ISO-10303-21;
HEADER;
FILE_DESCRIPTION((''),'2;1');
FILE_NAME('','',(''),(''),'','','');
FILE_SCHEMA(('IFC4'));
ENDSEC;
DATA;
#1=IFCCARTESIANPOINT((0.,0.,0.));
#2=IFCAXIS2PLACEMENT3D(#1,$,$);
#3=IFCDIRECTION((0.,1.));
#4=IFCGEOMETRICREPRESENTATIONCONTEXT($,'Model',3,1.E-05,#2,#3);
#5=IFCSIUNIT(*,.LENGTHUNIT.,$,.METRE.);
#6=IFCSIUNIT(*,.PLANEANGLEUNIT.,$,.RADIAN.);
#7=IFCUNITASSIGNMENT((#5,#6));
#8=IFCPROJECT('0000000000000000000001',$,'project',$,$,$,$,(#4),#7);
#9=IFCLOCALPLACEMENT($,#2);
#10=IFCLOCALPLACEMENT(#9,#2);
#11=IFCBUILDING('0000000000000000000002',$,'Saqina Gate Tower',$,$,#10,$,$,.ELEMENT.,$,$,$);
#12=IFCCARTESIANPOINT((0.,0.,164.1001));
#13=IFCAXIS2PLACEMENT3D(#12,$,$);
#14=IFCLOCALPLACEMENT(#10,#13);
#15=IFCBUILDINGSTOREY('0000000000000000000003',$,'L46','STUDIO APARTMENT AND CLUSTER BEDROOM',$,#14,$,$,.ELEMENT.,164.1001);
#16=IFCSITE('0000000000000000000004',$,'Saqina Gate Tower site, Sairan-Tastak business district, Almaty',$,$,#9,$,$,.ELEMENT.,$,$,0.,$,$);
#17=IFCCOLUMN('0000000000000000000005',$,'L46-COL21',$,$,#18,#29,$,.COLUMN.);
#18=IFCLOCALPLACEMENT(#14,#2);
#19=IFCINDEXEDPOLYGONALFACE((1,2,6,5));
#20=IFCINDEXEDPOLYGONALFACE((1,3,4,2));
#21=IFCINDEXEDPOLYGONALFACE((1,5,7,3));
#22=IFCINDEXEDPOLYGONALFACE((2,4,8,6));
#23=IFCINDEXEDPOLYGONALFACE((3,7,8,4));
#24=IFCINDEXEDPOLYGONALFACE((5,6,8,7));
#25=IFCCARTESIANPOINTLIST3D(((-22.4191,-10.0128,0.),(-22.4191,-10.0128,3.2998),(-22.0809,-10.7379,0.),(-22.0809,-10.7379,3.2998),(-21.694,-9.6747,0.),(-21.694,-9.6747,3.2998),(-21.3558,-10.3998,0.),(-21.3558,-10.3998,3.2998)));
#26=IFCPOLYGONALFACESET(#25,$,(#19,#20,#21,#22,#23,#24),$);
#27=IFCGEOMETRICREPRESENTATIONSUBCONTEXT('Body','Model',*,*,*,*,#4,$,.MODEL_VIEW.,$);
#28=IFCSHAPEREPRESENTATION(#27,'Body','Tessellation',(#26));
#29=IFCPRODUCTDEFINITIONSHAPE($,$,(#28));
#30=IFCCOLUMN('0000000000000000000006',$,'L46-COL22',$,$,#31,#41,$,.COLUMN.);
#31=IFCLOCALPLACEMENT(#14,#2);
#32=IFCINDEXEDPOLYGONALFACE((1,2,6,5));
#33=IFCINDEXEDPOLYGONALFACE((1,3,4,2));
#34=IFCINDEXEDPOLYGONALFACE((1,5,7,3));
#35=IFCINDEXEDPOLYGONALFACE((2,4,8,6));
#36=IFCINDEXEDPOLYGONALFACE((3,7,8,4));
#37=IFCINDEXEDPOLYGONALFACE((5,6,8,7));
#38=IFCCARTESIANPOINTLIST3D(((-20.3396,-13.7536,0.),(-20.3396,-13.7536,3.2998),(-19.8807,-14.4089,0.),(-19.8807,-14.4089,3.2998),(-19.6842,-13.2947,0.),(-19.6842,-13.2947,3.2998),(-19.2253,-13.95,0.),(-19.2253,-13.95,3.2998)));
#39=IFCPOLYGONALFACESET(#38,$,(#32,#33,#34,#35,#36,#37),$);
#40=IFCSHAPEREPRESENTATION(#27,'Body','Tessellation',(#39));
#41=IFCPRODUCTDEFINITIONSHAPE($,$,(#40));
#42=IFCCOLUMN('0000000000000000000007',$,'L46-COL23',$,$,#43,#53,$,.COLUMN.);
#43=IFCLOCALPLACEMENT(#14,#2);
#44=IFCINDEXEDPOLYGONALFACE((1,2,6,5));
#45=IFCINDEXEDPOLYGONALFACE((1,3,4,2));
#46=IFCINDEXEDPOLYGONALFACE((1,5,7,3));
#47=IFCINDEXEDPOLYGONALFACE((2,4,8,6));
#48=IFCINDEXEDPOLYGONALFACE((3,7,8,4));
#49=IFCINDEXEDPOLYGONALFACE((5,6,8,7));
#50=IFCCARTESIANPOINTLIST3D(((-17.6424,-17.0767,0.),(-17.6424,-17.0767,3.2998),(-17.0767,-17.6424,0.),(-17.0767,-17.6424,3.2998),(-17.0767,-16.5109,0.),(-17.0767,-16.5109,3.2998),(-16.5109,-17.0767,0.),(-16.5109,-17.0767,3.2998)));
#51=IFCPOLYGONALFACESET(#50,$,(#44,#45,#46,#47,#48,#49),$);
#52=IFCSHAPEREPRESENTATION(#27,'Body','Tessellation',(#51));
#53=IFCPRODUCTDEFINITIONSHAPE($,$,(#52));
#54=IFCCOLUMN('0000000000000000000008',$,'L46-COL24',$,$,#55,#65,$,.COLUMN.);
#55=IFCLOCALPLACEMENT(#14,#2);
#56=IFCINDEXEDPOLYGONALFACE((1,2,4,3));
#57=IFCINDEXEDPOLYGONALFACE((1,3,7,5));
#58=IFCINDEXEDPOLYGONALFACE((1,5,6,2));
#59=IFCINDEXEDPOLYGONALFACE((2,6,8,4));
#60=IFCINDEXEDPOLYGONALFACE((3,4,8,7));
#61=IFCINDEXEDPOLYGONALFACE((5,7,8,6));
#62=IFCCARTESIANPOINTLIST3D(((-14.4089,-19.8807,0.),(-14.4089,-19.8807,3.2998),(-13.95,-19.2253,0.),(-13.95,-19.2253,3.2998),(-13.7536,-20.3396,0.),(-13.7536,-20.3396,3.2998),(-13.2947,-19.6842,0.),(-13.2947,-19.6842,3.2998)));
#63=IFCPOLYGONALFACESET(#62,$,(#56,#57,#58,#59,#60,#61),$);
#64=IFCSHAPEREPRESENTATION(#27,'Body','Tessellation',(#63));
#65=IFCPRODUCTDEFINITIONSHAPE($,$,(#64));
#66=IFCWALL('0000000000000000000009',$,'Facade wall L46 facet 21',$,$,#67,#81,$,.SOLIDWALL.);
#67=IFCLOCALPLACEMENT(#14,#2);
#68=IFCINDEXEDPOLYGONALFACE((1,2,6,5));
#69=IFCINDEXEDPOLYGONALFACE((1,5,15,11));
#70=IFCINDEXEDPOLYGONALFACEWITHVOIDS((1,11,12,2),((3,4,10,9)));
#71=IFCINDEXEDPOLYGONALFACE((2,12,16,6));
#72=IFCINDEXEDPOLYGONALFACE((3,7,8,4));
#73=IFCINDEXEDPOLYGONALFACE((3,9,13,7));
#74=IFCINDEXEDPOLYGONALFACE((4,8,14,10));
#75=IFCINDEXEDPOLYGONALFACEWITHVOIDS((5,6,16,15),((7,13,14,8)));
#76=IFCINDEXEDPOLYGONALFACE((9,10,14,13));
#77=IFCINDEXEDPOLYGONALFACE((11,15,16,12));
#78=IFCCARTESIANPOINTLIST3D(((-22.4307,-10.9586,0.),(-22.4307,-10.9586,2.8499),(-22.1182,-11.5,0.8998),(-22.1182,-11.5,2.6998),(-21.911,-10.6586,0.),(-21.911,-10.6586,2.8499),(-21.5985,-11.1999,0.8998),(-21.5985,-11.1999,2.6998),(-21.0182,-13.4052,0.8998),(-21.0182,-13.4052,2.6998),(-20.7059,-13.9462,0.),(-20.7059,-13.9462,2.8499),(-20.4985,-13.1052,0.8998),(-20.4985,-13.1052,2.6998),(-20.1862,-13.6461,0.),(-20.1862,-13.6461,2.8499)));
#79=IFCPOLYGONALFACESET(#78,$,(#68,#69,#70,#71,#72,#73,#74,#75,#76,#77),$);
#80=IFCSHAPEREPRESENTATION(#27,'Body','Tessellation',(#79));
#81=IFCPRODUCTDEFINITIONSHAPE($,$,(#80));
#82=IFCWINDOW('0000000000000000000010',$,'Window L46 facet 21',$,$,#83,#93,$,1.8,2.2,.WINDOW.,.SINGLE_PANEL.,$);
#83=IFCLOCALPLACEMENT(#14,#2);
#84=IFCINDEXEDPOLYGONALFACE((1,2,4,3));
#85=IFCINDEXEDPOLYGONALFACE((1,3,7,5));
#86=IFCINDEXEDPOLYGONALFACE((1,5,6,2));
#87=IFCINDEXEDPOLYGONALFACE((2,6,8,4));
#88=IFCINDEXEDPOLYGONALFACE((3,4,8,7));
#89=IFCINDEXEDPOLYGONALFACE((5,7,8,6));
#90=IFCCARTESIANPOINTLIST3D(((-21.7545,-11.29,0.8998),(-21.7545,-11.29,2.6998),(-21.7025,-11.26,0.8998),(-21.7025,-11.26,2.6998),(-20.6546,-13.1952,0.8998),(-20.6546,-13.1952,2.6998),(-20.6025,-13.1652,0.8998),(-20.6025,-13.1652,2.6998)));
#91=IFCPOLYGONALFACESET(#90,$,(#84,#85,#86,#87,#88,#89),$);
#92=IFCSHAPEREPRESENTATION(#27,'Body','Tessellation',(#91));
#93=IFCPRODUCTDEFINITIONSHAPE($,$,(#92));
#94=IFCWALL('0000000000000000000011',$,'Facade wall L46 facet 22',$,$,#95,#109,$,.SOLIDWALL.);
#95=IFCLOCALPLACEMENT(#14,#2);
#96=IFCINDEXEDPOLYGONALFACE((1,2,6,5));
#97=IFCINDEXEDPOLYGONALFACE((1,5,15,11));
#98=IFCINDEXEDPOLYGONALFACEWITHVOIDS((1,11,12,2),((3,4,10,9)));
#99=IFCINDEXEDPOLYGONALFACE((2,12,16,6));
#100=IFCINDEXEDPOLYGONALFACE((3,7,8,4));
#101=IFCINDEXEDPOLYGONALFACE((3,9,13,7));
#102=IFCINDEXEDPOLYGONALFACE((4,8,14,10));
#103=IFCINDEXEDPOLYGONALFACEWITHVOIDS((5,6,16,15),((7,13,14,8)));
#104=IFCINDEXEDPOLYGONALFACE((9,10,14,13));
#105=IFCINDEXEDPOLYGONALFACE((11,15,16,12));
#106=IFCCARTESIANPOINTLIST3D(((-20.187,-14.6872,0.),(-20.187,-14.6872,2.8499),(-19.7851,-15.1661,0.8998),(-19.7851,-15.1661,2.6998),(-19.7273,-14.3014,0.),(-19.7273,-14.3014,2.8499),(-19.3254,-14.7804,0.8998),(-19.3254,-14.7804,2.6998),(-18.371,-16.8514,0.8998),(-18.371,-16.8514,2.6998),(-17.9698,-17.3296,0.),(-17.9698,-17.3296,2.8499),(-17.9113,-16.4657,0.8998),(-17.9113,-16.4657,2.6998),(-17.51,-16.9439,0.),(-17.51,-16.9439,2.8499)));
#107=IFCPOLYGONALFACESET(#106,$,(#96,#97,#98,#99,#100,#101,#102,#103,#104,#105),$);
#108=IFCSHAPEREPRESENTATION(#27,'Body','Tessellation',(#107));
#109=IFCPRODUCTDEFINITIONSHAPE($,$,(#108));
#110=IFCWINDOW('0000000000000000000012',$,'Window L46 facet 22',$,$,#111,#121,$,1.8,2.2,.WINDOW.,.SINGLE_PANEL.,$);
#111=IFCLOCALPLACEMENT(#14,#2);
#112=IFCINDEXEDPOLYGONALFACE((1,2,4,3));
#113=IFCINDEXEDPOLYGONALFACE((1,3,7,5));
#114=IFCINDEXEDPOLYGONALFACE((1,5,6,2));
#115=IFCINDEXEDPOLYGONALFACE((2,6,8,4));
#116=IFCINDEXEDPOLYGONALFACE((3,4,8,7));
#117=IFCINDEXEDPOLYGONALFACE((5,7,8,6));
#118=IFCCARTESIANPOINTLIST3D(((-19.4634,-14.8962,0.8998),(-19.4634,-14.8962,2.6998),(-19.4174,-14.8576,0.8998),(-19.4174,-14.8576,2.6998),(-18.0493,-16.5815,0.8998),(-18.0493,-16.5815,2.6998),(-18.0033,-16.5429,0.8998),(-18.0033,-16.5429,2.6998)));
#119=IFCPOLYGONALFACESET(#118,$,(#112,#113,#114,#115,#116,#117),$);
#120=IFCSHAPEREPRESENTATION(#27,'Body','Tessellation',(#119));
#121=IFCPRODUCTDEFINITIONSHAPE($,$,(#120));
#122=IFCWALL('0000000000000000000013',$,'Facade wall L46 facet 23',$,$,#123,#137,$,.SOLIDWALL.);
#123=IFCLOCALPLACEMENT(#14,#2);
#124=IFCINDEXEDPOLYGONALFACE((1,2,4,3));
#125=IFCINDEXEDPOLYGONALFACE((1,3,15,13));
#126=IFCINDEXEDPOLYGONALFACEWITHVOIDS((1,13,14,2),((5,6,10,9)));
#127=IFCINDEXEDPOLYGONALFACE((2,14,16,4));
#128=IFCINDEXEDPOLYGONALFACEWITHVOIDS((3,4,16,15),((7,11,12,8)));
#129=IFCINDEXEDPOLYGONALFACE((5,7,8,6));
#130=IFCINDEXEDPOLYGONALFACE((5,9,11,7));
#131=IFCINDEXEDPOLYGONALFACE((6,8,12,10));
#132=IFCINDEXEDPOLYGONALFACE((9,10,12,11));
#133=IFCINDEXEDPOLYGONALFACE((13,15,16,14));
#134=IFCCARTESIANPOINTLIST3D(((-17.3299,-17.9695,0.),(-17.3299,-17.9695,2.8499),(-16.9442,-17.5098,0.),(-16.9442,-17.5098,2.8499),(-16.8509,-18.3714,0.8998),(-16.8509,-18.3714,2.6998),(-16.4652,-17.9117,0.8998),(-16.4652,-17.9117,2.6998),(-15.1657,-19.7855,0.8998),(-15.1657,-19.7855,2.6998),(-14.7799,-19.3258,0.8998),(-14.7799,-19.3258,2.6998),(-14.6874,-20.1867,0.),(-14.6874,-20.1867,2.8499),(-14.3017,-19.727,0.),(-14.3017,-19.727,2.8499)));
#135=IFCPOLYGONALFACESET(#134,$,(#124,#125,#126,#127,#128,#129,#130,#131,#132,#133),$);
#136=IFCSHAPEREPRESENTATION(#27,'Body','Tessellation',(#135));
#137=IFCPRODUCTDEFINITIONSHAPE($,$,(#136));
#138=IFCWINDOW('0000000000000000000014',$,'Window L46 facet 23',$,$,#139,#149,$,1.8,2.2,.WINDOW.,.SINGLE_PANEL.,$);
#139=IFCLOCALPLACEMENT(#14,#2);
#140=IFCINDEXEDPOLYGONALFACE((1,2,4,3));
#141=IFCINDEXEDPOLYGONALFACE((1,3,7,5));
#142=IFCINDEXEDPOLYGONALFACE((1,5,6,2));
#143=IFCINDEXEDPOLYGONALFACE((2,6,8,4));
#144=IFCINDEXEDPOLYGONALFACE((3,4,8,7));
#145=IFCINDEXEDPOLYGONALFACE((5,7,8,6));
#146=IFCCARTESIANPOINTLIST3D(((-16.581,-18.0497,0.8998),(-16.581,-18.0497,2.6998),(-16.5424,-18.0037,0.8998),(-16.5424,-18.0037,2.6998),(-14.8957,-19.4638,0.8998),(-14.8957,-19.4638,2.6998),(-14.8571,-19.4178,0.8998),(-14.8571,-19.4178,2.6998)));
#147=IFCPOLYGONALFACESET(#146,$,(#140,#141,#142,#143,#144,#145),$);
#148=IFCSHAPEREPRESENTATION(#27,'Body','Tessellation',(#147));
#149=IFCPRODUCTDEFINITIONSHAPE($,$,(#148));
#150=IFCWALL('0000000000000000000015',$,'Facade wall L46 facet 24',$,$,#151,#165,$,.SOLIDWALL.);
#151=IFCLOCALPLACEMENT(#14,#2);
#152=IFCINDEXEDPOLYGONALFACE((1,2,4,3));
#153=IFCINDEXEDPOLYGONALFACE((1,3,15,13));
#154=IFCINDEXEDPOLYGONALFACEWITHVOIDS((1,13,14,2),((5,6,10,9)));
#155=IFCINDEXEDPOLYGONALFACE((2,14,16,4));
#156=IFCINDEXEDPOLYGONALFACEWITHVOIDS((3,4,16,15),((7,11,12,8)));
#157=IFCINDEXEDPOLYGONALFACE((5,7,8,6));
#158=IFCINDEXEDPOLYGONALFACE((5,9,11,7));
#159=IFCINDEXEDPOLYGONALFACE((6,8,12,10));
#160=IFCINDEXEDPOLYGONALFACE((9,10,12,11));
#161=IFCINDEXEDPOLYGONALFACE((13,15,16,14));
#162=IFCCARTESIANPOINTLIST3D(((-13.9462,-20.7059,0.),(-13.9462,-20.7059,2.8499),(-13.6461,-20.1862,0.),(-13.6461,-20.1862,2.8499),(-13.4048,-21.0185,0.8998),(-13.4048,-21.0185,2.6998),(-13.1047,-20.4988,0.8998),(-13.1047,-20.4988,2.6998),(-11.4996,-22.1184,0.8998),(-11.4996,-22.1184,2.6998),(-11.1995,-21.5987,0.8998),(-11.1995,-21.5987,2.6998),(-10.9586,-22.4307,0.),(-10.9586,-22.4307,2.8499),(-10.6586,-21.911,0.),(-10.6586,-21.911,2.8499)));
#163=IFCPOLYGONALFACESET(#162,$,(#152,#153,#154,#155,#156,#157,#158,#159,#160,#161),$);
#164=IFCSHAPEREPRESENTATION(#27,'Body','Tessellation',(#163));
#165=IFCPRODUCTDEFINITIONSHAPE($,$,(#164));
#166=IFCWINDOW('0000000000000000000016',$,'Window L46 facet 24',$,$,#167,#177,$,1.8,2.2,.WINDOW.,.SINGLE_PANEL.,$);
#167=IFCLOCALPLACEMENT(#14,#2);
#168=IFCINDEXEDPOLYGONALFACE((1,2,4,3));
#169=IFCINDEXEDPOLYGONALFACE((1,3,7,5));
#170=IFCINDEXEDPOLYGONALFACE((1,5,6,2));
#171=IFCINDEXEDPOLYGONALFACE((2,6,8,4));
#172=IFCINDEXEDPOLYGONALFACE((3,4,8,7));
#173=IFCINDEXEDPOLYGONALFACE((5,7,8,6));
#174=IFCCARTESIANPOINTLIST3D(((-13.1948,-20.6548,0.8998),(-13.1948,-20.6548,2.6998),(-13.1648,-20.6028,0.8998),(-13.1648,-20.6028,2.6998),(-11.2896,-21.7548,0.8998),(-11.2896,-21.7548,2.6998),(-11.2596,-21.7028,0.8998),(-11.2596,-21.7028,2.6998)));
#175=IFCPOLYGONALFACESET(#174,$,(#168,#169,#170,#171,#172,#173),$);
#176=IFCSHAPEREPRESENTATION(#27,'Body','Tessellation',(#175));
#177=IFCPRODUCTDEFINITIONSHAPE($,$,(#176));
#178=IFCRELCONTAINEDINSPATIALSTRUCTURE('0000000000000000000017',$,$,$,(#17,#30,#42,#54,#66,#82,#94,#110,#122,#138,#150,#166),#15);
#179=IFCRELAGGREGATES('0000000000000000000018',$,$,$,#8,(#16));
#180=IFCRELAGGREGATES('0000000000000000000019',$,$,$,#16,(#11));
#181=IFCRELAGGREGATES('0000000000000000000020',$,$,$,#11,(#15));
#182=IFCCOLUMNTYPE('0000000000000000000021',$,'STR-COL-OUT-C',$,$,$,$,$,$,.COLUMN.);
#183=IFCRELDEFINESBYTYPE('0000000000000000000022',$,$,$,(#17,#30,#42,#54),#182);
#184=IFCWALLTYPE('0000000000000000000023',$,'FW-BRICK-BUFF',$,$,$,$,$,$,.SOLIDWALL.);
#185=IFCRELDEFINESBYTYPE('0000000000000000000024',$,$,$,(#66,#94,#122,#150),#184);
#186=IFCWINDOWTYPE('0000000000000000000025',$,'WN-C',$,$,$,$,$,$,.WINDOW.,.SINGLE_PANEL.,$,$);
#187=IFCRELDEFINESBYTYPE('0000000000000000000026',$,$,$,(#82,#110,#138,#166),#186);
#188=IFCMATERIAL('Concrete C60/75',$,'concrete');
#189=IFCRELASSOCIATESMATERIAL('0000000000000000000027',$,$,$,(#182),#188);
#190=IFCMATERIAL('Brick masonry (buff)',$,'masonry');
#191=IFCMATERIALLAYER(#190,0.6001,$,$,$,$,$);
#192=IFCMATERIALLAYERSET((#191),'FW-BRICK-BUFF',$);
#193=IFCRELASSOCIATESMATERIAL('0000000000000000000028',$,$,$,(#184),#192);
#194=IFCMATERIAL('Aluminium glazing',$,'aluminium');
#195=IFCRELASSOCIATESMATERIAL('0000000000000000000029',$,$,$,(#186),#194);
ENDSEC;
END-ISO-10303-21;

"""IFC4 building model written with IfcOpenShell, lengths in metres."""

from ifc_helpers import new_model, si_unit, direction, frame, frame_2d, origin, origin_2d, place, context, subcontext, project, spatial, rectangle, extrude, material, layer, layer_set, material_profile, profile_set, type_object, element, fill, save


model = new_model("IFC4")

# Units and contexts
model_context = context("Model", 3, precision=1e-05, world=origin(), true_north=direction((0.0, 1.0)))
body_context = subcontext(model_context, "Body", "Model", "MODEL_VIEW")
ifc_project = project(units=[si_unit("LENGTHUNIT", "METRE"), si_unit("PLANEANGLEUNIT", "RADIAN")], contexts=[model_context])

# Site, building, storey
site_placement = place(None, origin())
site = spatial("IfcSite", under=ifc_project, at=site_placement, Name="Saqina Gate Tower site, Sairan-Tastak business district, Almaty", CompositionType="ELEMENT", RefElevation=0.0)
building_placement = place(site_placement, origin())
building = spatial("IfcBuilding", under=site, at=building_placement, Name="Saqina Gate Tower", CompositionType="ELEMENT")
storey_placement = place(building_placement, frame((0.0, 0.0, 164.1001)))
storey = spatial("IfcBuildingStorey", under=building, at=storey_placement, Name="L46", Description="STUDIO APARTMENT AND CLUSTER BEDROOM", CompositionType="ELEMENT", Elevation=164.1001)

# Columns
ifc_material_1 = material(Name="Concrete C60/75", Category="concrete")
ifc_material_profile = material_profile(ifc_material_1, rectangle(XDim=0.8, YDim=0.8, at=origin_2d()), Name="RC 800x800")
ifc_profile_set = profile_set([ifc_material_profile], Name="Concrete C60/75")
column_type = type_object("IfcColumnType", Name="STR-COL-OUT-C", PredefinedType="COLUMN", material=ifc_profile_set)
for number, where, z_axis, x_axis, name in (
    (1, (-21.8875, -10.2063, 0.0), (0.0, 0.0, 1.0), (-0.906308, -0.422618, 0.0), "L46-COL21"),
    (2, (-19.7825, -13.8518, 0.0), (0.0, 0.0, 1.0), (-0.819152, -0.573576, 0.0), "L46-COL22"),
    (3, (-17.0767, -17.0767, 0.0), (0.0, 0.0, 1.0), (-0.707107, -0.707107, 0.0), "L46-COL23"),
    (4, (-13.8518, -19.7825, 0.0), (0.0, 0.0, 1.0), (-0.573576, -0.819152, 0.0), "L46-COL24"),
):
    element("IfcColumn", number, at=place(storey_placement, frame(where, z_axis=z_axis, x_axis=x_axis)), inside=storey, type_object=column_type, Name=name, PredefinedType="COLUMN", context=body_context, shape_type="SweptSolid", body=[
        extrude(rectangle(XDim=0.8, YDim=0.8, at=origin_2d()), origin(), (0.0, 0.0, 1.0), 3.2998),
    ])

# Walls, openings, windows
ifc_material_2 = material(Name="Brick masonry (buff)", Category="masonry")
ifc_layer_1 = layer(ifc_material_2, 0.6001)
ifc_layer_set_1 = layer_set([ifc_layer_1], Name="FW-BRICK-BUFF")
wall_type_1 = type_object("IfcWallType", Name="FW-BRICK-BUFF", PredefinedType="SOLIDWALL", material=ifc_layer_set_1)
wall_1_placement = place(storey_placement, frame((-22.1709, -10.8086, 0.0), z_axis=(0.0, 0.0, 1.0), x_axis=(0.499998, -0.866026, 0.0)))
wall_1 = element("IfcWall", 5, at=wall_1_placement, inside=storey, type_object=wall_type_1, Name="Facade wall L46 facet 21", PredefinedType="SOLIDWALL", context=body_context, shape_type="SweptSolid", body=[
    extrude(rectangle(XDim=3.4497, YDim=0.6001, at=frame_2d((1.7249, 0.0))), origin(), (0.0, 0.0, 1.0), 2.8499),
])
opening_1_placement = place(wall_1_placement, frame((0.625, 0.0, 0.8999)))
opening_1 = element("IfcOpeningElement", 6, at=opening_1_placement, cuts=wall_1, PredefinedType="OPENING", context=body_context, shape_type="SweptSolid", body=[
    extrude(rectangle(XDim=2.2, YDim=1.8, at=frame_2d((1.1001, 0.8999))), frame((0.0, 0.312, 0.0), z_axis=(0.0, -1.0, 0.0), x_axis=(1.0, 0.0, 0.0)), (0.0, 0.0, 1.0), 0.624),
])
ifc_material_3 = material(Name="Aluminium glazing", Category="aluminium")
window_type = type_object("IfcWindowType", Name="WN-C", PartitioningType="SINGLE_PANEL", PredefinedType="WINDOW", material=ifc_material_3)
window_1_placement = place(opening_1_placement, origin())
window_1 = element("IfcWindow", 7, at=window_1_placement, inside=storey, type_object=window_type, Name="Window L46 facet 21", OverallHeight=1.8, OverallWidth=2.2, PartitioningType="SINGLE_PANEL", PredefinedType="WINDOW", context=body_context, shape_type="SweptSolid", body=[
    extrude(rectangle(XDim=2.2, YDim=1.8, at=frame_2d((1.1001, 0.8999))), frame((0.0, 0.1799, 0.0), z_axis=(0.0, -1.0, 0.0), x_axis=(1.0, 0.0, 0.0)), (0.0, 0.0, 1.0), 0.0601),
])
fill(opening_1, window_1)
wall_2_placement = place(storey_placement, frame((-19.957, -14.4944, 0.0), z_axis=(0.0, 0.0, 1.0), x_axis=(0.64277, -0.766059, 0.0)))
wall_2 = element("IfcWall", 8, at=wall_2_placement, inside=storey, type_object=wall_type_1, Name="Facade wall L46 facet 22", PredefinedType="SOLIDWALL", context=body_context, shape_type="SweptSolid", body=[
    extrude(rectangle(XDim=3.4495, YDim=0.6001, at=frame_2d((1.7246, 0.0))), origin(), (0.0, 0.0, 1.0), 2.8499),
])
opening_2_placement = place(wall_2_placement, frame((0.625, 0.0, 0.8999)))
opening_2 = element("IfcOpeningElement", 9, at=opening_2_placement, cuts=wall_2, PredefinedType="OPENING", context=body_context, shape_type="SweptSolid", body=[
    extrude(rectangle(XDim=2.2, YDim=1.8, at=frame_2d((1.1001, 0.8999))), frame((0.0, 0.312, 0.0), z_axis=(0.0, -1.0, 0.0), x_axis=(1.0, 0.0, 0.0)), (0.0, 0.0, 1.0), 0.624),
])
window_2_placement = place(opening_2_placement, origin())
window_2 = element("IfcWindow", 10, at=window_2_placement, inside=storey, type_object=window_type, Name="Window L46 facet 22", OverallHeight=1.8, OverallWidth=2.2, PartitioningType="SINGLE_PANEL", PredefinedType="WINDOW", context=body_context, shape_type="SweptSolid", body=[
    extrude(rectangle(XDim=2.2, YDim=1.8, at=frame_2d((1.1001, 0.8999))), frame((0.0, 0.1799, 0.0), z_axis=(0.0, -1.0, 0.0), x_axis=(1.0, 0.0, 0.0)), (0.0, 0.0, 1.0), 0.0601),
])
fill(opening_2, window_2)
wall_3_placement = place(storey_placement, frame((-17.137, -17.7397, 0.0), z_axis=(0.0, 0.0, 1.0), x_axis=(0.766059, -0.64277, 0.0)))
wall_3 = element("IfcWall", 11, at=wall_3_placement, inside=storey, type_object=wall_type_1, Name="Facade wall L46 facet 23", PredefinedType="SOLIDWALL", context=body_context, shape_type="SweptSolid", body=[
    extrude(rectangle(XDim=3.4495, YDim=0.6001, at=frame_2d((1.7246, 0.0))), origin(), (0.0, 0.0, 1.0), 2.8499),
])
opening_3_placement = place(wall_3_placement, frame((0.625, 0.0, 0.8999)))
opening_3 = element("IfcOpeningElement", 12, at=opening_3_placement, cuts=wall_3, PredefinedType="OPENING", context=body_context, shape_type="SweptSolid", body=[
    extrude(rectangle(XDim=2.2, YDim=1.8, at=frame_2d((1.1001, 0.8999))), frame((0.0, 0.312, 0.0), z_axis=(0.0, -1.0, 0.0), x_axis=(1.0, 0.0, 0.0)), (0.0, 0.0, 1.0), 0.624),
])
window_3_placement = place(opening_3_placement, origin())
window_3 = element("IfcWindow", 13, at=window_3_placement, inside=storey, type_object=window_type, Name="Window L46 facet 23", OverallHeight=1.8, OverallWidth=2.2, PartitioningType="SINGLE_PANEL", PredefinedType="WINDOW", context=body_context, shape_type="SweptSolid", body=[
    extrude(rectangle(XDim=2.2, YDim=1.8, at=frame_2d((1.1001, 0.8999))), frame((0.0, 0.1799, 0.0), z_axis=(0.0, -1.0, 0.0), x_axis=(1.0, 0.0, 0.0)), (0.0, 0.0, 1.0), 0.0601),
])
fill(opening_3, window_3)
wall_4_placement = place(storey_placement, frame((-13.7961, -20.446, 0.0), z_axis=(0.0, 0.0, 1.0), x_axis=(0.866026, -0.499998, 0.0)))
wall_4 = element("IfcWall", 14, at=wall_4_placement, inside=storey, type_object=wall_type_1, Name="Facade wall L46 facet 24", PredefinedType="SOLIDWALL", context=body_context, shape_type="SweptSolid", body=[
    extrude(rectangle(XDim=3.4497, YDim=0.6001, at=frame_2d((1.7249, 0.0))), origin(), (0.0, 0.0, 1.0), 2.8499),
])
opening_4_placement = place(wall_4_placement, frame((0.625, 0.0, 0.8999)))
opening_4 = element("IfcOpeningElement", 15, at=opening_4_placement, cuts=wall_4, PredefinedType="OPENING", context=body_context, shape_type="SweptSolid", body=[
    extrude(rectangle(XDim=2.2, YDim=1.8, at=frame_2d((1.1001, 0.8999))), frame((0.0, 0.312, 0.0), z_axis=(0.0, -1.0, 0.0), x_axis=(1.0, 0.0, 0.0)), (0.0, 0.0, 1.0), 0.624),
])
window_4_placement = place(opening_4_placement, origin())
window_4 = element("IfcWindow", 16, at=window_4_placement, inside=storey, type_object=window_type, Name="Window L46 facet 24", OverallHeight=1.8, OverallWidth=2.2, PartitioningType="SINGLE_PANEL", PredefinedType="WINDOW", context=body_context, shape_type="SweptSolid", body=[
    extrude(rectangle(XDim=2.2, YDim=1.8, at=frame_2d((1.1001, 0.8999))), frame((0.0, 0.1799, 0.0), z_axis=(0.0, -1.0, 0.0), x_axis=(1.0, 0.0, 0.0)), (0.0, 0.0, 1.0), 0.0601),
])
fill(opening_4, window_4)

save(model, "model.ifc")
